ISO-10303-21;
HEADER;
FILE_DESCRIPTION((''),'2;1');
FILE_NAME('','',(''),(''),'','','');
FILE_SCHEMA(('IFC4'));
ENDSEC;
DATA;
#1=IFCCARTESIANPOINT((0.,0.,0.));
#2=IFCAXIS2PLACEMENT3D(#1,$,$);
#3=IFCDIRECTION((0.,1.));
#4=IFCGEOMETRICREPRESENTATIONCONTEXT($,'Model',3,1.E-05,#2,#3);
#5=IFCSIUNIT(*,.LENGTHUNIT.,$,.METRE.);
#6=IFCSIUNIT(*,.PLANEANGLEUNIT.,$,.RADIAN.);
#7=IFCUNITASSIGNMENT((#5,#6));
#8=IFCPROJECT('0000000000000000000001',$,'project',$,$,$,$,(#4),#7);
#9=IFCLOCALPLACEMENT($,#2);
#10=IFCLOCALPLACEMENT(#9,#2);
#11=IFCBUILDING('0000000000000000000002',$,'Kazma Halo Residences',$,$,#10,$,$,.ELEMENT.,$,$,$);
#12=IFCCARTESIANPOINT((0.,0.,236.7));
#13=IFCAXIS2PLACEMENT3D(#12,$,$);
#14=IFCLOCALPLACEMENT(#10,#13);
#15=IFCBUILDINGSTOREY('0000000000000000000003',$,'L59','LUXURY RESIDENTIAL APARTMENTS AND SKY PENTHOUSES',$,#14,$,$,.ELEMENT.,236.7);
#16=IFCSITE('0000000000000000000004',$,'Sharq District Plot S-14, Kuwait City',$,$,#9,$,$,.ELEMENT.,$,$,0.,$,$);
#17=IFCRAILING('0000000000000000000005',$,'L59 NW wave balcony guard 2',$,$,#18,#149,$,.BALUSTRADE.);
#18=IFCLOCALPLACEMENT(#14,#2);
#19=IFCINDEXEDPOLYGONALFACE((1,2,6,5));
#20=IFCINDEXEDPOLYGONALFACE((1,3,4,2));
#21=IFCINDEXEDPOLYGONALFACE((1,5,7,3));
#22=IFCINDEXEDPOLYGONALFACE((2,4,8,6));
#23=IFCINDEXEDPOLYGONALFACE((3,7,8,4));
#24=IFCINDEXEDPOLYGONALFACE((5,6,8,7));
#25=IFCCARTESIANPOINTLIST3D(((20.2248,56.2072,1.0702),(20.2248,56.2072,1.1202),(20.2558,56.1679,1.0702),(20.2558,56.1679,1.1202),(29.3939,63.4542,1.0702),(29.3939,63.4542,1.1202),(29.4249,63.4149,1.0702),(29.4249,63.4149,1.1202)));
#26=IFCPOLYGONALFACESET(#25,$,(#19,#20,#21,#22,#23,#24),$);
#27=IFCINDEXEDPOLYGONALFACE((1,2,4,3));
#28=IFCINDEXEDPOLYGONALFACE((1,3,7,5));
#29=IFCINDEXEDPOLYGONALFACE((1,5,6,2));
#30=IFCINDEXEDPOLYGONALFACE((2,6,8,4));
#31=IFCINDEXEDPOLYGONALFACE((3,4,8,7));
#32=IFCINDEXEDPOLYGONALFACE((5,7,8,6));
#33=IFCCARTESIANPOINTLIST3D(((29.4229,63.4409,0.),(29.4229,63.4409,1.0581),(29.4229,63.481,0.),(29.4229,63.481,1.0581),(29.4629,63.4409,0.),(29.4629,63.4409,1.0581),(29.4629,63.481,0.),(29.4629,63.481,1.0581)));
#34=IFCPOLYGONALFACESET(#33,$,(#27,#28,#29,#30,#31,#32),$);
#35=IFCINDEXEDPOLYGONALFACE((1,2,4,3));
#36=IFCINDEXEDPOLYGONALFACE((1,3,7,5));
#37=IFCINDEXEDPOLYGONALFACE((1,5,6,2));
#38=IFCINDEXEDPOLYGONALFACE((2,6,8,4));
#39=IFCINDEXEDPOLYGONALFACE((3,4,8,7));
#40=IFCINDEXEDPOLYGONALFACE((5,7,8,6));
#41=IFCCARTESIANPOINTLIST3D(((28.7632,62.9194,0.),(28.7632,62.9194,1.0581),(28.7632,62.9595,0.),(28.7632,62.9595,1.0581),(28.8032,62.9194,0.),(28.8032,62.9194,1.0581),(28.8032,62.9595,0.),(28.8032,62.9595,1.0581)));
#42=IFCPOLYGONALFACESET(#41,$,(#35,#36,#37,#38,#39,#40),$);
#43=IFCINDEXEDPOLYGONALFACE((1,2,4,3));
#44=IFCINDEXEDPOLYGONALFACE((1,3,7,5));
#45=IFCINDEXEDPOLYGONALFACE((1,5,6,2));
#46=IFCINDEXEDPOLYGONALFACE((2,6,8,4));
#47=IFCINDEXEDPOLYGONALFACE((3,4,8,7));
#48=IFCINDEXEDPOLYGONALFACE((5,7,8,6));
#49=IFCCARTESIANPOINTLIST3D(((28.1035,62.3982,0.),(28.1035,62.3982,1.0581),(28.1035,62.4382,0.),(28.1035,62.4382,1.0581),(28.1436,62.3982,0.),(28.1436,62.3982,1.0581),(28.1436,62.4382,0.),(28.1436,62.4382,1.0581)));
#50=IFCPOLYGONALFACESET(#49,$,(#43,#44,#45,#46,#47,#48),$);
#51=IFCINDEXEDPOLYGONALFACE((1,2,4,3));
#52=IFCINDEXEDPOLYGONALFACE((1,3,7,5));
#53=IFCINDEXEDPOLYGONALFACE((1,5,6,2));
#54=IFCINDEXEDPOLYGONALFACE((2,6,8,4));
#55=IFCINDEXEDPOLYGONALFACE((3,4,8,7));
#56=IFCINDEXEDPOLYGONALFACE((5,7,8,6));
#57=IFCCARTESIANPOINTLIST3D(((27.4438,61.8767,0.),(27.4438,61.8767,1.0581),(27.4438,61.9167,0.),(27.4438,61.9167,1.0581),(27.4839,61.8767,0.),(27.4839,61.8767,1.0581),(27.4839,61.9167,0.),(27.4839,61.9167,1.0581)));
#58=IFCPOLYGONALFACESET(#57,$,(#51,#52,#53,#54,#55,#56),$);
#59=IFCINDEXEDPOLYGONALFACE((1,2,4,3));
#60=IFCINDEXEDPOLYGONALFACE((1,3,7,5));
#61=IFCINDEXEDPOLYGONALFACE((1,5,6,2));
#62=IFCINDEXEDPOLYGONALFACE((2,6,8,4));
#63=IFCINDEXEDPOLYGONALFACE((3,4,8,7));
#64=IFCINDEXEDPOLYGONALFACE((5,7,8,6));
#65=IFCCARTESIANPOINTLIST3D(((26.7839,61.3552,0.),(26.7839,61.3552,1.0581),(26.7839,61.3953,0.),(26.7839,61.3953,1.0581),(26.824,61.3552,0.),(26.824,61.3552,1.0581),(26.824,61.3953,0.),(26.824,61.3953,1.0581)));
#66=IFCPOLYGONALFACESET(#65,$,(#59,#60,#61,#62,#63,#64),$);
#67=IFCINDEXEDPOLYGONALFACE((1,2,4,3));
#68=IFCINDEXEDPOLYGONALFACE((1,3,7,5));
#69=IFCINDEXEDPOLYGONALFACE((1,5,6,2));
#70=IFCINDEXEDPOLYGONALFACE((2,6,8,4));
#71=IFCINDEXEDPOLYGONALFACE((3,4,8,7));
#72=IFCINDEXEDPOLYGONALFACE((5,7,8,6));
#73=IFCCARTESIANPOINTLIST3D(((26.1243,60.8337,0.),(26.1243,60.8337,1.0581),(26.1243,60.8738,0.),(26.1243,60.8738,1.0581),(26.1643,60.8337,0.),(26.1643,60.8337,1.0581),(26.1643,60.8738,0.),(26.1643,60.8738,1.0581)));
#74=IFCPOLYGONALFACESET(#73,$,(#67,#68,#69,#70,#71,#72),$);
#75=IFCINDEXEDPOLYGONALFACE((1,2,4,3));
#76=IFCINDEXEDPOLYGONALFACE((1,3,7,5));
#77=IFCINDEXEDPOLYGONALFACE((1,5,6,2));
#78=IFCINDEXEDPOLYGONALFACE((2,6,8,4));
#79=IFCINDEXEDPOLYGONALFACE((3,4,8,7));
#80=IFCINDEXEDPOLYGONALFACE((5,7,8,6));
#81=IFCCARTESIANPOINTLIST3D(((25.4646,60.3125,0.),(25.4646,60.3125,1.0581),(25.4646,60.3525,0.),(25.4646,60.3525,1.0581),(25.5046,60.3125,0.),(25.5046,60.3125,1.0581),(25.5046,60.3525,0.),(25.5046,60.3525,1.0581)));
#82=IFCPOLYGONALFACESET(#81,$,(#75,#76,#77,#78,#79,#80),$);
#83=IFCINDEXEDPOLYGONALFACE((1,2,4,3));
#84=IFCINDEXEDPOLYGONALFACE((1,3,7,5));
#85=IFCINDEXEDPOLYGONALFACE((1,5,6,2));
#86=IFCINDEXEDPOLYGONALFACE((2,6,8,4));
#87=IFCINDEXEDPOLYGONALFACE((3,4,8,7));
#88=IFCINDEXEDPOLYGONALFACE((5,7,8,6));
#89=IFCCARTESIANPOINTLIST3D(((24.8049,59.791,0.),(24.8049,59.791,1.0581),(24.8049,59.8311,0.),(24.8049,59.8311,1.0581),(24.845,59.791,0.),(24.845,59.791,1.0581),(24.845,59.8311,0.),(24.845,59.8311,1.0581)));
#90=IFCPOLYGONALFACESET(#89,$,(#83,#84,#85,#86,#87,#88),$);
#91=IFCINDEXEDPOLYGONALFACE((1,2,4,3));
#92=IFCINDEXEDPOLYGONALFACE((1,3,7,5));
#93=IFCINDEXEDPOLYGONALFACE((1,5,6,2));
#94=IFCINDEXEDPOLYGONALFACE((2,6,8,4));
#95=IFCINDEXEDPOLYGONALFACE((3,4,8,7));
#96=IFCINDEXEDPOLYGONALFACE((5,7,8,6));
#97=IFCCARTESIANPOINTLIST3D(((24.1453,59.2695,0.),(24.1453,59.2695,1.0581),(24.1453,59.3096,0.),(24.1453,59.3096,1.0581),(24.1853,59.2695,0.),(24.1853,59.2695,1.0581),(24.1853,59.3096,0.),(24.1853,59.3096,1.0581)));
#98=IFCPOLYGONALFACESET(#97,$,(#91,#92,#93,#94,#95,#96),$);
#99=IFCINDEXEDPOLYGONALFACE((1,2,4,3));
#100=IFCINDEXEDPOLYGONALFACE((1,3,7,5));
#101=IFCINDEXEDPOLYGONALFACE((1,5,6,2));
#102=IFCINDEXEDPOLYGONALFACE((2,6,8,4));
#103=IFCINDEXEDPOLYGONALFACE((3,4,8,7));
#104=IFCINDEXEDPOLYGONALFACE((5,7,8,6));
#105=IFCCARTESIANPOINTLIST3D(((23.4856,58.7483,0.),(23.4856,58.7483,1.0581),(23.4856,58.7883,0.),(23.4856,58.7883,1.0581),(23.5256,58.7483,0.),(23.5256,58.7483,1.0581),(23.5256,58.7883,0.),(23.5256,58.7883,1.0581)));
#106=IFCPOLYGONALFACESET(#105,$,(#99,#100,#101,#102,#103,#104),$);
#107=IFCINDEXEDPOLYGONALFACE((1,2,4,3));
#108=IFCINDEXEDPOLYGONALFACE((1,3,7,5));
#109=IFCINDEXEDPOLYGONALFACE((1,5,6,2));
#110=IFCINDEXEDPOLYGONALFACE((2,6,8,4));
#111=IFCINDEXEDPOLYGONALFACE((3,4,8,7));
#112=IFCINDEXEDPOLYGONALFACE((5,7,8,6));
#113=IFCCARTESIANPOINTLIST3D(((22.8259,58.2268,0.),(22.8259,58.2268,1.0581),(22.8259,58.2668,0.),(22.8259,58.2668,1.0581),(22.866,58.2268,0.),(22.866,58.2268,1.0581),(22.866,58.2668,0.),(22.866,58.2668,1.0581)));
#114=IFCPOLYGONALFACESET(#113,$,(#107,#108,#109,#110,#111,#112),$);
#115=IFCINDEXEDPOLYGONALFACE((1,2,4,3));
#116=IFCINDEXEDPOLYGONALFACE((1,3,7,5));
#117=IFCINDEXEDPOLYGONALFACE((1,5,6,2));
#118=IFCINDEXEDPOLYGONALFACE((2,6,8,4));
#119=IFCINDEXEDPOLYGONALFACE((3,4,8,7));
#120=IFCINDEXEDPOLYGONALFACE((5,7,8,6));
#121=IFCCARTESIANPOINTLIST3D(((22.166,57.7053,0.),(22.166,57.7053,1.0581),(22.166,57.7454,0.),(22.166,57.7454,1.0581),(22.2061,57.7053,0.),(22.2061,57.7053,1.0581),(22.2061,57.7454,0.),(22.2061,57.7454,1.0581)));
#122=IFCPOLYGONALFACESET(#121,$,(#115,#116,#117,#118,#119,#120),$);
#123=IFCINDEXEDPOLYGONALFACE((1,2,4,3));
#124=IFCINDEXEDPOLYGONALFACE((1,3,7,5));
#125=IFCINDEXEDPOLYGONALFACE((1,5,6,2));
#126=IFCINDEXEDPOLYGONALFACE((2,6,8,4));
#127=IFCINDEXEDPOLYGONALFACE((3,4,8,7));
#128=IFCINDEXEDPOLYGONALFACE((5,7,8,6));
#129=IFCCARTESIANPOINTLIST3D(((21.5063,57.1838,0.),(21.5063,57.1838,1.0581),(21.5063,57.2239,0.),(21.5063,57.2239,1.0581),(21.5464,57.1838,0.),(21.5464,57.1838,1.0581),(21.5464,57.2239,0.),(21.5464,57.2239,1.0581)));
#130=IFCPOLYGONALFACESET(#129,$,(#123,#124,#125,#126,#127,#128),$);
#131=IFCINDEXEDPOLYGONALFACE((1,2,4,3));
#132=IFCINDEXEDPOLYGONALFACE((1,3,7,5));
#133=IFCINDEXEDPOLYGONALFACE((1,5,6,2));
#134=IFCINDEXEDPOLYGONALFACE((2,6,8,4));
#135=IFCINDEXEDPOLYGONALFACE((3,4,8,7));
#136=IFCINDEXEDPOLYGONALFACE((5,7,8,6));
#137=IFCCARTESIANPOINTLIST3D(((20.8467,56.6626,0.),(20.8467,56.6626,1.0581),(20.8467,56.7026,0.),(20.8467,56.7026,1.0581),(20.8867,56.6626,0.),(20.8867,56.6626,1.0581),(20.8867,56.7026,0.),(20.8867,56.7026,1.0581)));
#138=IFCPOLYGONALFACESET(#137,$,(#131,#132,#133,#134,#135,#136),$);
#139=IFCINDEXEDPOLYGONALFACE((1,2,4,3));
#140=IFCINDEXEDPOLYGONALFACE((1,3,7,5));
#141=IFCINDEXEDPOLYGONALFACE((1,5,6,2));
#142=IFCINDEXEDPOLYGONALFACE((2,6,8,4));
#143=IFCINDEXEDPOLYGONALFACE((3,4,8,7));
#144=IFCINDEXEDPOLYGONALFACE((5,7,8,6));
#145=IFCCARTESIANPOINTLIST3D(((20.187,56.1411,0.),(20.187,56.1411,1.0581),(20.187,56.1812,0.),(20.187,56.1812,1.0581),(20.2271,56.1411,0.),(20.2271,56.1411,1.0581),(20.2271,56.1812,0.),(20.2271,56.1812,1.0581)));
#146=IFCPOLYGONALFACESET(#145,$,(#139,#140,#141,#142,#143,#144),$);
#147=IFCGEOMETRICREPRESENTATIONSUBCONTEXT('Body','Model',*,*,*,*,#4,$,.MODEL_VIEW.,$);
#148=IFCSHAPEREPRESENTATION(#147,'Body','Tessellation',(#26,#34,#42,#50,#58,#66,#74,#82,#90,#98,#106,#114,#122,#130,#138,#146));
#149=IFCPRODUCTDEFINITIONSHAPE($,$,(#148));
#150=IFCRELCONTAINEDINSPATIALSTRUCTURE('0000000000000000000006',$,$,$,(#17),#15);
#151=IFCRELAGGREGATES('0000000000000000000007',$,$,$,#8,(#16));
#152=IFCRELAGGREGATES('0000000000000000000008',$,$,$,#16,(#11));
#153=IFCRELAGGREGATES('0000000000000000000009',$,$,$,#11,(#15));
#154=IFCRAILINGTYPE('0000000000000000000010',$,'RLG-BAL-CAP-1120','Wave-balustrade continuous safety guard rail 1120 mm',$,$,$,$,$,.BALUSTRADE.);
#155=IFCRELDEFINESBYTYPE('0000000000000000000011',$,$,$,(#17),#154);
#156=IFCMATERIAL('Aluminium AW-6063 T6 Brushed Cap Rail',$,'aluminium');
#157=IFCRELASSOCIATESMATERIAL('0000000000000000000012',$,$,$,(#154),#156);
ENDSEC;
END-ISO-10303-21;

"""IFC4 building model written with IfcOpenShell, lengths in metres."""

from ifc_helpers import new_model, si_unit, direction, frame, origin, origin_2d, place, context, subcontext, project, spatial, rectangle, extrude, material, type_object, element, save


model = new_model("IFC4")

# Units and contexts
model_context = context("Model", 3, precision=1e-05, world=origin(), true_north=direction((0.0, 1.0)))
body_context = subcontext(model_context, "Body", "Model", "MODEL_VIEW")
ifc_project = project(units=[si_unit("LENGTHUNIT", "METRE"), si_unit("PLANEANGLEUNIT", "RADIAN")], contexts=[model_context])

# Site, building, storey
site_placement = place(None, origin())
site = spatial("IfcSite", under=ifc_project, at=site_placement, Name="Sharq District Plot S-14, Kuwait City", CompositionType="ELEMENT", RefElevation=0.0)
building_placement = place(site_placement, origin())
building = spatial("IfcBuilding", under=site, at=building_placement, Name="Kazma Halo Residences", CompositionType="ELEMENT")
storey_placement = place(building_placement, frame((0.0, 0.0, 236.7)))
storey = spatial("IfcBuildingStorey", under=building, at=storey_placement, Name="L59", Description="LUXURY RESIDENTIAL APARTMENTS AND SKY PENTHOUSES", CompositionType="ELEMENT", Elevation=236.7)

# Railing
ifc_material_1 = material(Name="Aluminium AW-6063 T6 Brushed Cap Rail", Category="aluminium")
railing_type = type_object("IfcRailingType", Name="RLG-BAL-CAP-1120", Description="Wave-balustrade continuous safety guard rail 1120 mm", PredefinedType="BALUSTRADE", material=ifc_material_1)
railing_1_placement = place(storey_placement, frame((29.4429, 63.4609, 0.0)))
element("IfcRailing", 1, at=railing_1_placement, inside=storey, type_object=railing_type, Name="L59 NW wave balcony guard 2", PredefinedType="BALUSTRADE", context=body_context, shape_type="SweptSolid", body=[
    extrude(rectangle(XDim=0.05, YDim=0.05, at=origin_2d()), frame((-0.0334, -0.0264, 1.0952), z_axis=(-0.784538, -0.620081, 0.0), x_axis=(0.620081, -0.784538, 0.0)), (0.0, 0.0, 1.0), 11.6873),
    extrude(rectangle(XDim=0.04, YDim=0.04, at=origin_2d()), origin(), (0.0, 0.0, 1.0), 1.0581),
    extrude(rectangle(XDim=0.04, YDim=0.04, at=origin_2d()), frame((-0.6597, -0.5215, 0.0)), (0.0, 0.0, 1.0), 1.0581),
    extrude(rectangle(XDim=0.04, YDim=0.04, at=origin_2d()), frame((-1.3193, -1.0427, 0.0)), (0.0, 0.0, 1.0), 1.0581),
    extrude(rectangle(XDim=0.04, YDim=0.04, at=origin_2d()), frame((-1.979, -1.5642, 0.0)), (0.0, 0.0, 1.0), 1.0581),
    extrude(rectangle(XDim=0.04, YDim=0.04, at=origin_2d()), frame((-2.6389, -2.0857, 0.0)), (0.0, 0.0, 1.0), 1.0581),
    extrude(rectangle(XDim=0.04, YDim=0.04, at=origin_2d()), frame((-3.2986, -2.6072, 0.0)), (0.0, 0.0, 1.0), 1.0581),
    extrude(rectangle(XDim=0.04, YDim=0.04, at=origin_2d()), frame((-3.9583, -3.1284, 0.0)), (0.0, 0.0, 1.0), 1.0581),
    extrude(rectangle(XDim=0.04, YDim=0.04, at=origin_2d()), frame((-4.6179, -3.6499, 0.0)), (0.0, 0.0, 1.0), 1.0581),
    extrude(rectangle(XDim=0.04, YDim=0.04, at=origin_2d()), frame((-5.2776, -4.1714, 0.0)), (0.0, 0.0, 1.0), 1.0581),
    extrude(rectangle(XDim=0.04, YDim=0.04, at=origin_2d()), frame((-5.9373, -4.6926, 0.0)), (0.0, 0.0, 1.0), 1.0581),
    extrude(rectangle(XDim=0.04, YDim=0.04, at=origin_2d()), frame((-6.5969, -5.2141, 0.0)), (0.0, 0.0, 1.0), 1.0581),
    extrude(rectangle(XDim=0.04, YDim=0.04, at=origin_2d()), frame((-7.2568, -5.7356, 0.0)), (0.0, 0.0, 1.0), 1.0581),
    extrude(rectangle(XDim=0.04, YDim=0.04, at=origin_2d()), frame((-7.9165, -6.2571, 0.0)), (0.0, 0.0, 1.0), 1.0581),
    extrude(rectangle(XDim=0.04, YDim=0.04, at=origin_2d()), frame((-8.5762, -6.7783, 0.0)), (0.0, 0.0, 1.0), 1.0581),
    extrude(rectangle(XDim=0.04, YDim=0.04, at=origin_2d()), frame((-9.2358, -7.2998, 0.0)), (0.0, 0.0, 1.0), 1.0581),
])

save(model, "model.ifc")
